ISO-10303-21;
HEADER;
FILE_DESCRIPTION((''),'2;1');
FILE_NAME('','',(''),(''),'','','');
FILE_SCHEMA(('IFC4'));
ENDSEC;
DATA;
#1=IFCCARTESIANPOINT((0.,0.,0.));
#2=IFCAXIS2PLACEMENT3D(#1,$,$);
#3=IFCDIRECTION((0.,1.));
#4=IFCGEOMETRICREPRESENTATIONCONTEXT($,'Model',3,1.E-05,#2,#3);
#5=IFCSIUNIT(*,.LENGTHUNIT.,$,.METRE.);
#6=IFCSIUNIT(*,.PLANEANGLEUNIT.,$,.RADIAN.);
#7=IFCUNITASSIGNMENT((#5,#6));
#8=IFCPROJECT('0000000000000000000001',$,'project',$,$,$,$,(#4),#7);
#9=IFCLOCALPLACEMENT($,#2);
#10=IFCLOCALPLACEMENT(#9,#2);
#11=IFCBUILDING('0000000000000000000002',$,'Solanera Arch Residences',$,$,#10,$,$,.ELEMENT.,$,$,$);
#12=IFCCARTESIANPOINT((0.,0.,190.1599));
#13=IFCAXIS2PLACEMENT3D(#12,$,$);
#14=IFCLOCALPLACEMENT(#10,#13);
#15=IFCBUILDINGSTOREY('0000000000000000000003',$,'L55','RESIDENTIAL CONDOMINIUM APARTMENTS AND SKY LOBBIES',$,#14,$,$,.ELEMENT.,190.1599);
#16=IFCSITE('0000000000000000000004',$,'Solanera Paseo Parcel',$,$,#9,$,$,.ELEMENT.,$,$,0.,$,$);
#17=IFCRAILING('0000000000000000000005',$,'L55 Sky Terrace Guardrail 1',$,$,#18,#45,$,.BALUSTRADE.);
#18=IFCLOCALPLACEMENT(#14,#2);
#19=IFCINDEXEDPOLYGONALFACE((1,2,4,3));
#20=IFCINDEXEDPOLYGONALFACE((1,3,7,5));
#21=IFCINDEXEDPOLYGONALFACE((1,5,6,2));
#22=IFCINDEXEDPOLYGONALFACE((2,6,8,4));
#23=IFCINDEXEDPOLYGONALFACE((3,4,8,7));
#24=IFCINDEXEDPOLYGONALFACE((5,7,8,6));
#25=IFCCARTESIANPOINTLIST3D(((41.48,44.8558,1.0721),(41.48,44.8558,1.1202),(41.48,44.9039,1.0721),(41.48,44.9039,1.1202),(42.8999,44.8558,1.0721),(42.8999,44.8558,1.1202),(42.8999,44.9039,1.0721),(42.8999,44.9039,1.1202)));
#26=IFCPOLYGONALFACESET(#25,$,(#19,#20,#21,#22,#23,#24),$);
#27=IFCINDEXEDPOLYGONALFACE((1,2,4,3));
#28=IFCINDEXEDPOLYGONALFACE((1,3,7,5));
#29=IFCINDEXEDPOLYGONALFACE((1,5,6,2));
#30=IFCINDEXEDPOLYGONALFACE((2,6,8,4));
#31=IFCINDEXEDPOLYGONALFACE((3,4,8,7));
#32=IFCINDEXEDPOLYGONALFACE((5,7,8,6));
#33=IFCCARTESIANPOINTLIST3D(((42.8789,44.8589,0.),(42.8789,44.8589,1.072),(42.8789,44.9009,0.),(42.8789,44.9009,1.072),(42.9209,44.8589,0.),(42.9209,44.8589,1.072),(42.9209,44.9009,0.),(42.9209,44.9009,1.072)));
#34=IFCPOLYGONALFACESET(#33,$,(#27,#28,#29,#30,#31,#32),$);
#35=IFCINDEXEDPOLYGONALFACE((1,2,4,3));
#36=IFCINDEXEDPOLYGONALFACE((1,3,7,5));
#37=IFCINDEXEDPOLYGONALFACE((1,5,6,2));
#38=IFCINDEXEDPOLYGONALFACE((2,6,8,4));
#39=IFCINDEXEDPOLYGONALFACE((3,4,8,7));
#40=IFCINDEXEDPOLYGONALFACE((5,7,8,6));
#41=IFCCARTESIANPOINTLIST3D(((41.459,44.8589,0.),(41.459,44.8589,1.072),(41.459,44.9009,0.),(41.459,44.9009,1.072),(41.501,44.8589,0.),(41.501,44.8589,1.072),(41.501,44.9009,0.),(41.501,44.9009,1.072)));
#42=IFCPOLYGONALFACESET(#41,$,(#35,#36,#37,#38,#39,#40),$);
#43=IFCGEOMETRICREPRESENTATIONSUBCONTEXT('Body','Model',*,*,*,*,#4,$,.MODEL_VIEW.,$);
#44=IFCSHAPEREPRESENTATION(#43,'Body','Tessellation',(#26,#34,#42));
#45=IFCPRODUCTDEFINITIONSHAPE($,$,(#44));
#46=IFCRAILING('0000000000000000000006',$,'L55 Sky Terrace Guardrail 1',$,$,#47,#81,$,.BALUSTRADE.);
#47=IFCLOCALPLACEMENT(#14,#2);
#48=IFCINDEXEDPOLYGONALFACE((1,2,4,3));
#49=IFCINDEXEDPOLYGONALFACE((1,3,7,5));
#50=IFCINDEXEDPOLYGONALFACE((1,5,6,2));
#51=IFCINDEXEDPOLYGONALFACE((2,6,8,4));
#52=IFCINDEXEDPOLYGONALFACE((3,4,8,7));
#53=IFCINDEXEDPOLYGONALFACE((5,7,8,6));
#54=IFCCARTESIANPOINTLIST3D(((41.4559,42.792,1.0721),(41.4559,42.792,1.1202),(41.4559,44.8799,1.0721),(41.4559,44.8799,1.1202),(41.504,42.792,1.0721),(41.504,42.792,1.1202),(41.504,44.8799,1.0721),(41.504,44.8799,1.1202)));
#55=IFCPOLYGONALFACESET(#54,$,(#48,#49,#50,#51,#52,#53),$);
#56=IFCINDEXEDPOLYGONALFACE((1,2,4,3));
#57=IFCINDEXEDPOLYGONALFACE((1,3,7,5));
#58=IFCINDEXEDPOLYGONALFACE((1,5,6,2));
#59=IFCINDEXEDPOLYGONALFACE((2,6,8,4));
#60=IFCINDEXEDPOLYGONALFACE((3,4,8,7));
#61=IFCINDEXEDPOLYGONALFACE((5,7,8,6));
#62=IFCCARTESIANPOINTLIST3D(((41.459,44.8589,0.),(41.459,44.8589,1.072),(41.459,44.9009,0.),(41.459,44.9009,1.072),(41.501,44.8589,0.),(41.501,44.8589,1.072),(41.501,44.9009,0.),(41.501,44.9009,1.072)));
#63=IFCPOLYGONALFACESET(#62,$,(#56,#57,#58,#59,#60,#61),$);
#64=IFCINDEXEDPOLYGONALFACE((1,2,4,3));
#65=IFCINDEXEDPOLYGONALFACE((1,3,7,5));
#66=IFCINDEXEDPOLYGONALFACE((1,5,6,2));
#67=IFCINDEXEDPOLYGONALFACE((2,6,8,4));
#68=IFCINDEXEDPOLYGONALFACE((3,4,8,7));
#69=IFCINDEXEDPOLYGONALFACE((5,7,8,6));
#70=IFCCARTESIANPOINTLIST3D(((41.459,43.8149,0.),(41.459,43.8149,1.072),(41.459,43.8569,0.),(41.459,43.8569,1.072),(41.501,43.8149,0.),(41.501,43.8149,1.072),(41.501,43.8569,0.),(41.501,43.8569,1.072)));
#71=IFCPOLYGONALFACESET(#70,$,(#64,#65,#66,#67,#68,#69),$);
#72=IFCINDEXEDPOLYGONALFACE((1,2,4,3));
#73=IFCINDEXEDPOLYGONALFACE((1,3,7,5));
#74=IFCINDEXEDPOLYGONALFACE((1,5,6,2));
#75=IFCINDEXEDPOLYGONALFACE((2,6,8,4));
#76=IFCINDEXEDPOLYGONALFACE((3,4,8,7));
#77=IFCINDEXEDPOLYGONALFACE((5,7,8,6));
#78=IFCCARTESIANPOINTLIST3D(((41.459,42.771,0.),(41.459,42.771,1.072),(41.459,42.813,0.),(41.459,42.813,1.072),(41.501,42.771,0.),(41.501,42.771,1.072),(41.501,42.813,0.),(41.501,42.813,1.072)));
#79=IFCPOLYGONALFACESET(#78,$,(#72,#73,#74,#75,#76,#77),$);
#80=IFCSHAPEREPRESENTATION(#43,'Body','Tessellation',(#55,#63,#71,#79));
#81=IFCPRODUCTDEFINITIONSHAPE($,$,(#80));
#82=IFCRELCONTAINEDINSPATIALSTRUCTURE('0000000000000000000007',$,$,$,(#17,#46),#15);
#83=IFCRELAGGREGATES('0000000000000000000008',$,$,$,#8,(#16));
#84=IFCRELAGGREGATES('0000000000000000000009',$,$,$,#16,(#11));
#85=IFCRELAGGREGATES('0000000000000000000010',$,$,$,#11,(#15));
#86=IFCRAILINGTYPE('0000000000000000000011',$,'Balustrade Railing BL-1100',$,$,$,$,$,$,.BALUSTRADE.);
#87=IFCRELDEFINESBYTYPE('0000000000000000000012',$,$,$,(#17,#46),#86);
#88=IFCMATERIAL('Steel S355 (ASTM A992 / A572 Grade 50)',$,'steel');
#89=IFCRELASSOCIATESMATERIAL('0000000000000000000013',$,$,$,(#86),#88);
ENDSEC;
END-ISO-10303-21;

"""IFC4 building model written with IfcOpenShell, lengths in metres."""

from ifc_helpers import new_model, si_unit, direction, frame, origin, origin_2d, place, context, subcontext, project, spatial, rectangle, extrude, material, type_object, element, save


model = new_model("IFC4")

# Units and contexts
model_context = context("Model", 3, precision=1e-05, world=origin(), true_north=direction((0.0, 1.0)))
body_context = subcontext(model_context, "Body", "Model", "MODEL_VIEW")
ifc_project = project(units=[si_unit("LENGTHUNIT", "METRE"), si_unit("PLANEANGLEUNIT", "RADIAN")], contexts=[model_context])

# Site, building, storey
site_placement = place(None, origin())
site = spatial("IfcSite", under=ifc_project, at=site_placement, Name="Solanera Paseo Parcel", CompositionType="ELEMENT", RefElevation=0.0)
building_placement = place(site_placement, origin())
building = spatial("IfcBuilding", under=site, at=building_placement, Name="Solanera Arch Residences", CompositionType="ELEMENT")
storey_placement = place(building_placement, frame((0.0, 0.0, 190.1599)))
storey = spatial("IfcBuildingStorey", under=building, at=storey_placement, Name="L55", Description="RESIDENTIAL CONDOMINIUM APARTMENTS AND SKY LOBBIES", CompositionType="ELEMENT", Elevation=190.1599)

# Railings
ifc_material_1 = material(Name="Steel S355 (ASTM A992 / A572 Grade 50)", Category="steel")
railing_type = type_object("IfcRailingType", Name="Balustrade Railing BL-1100", PredefinedType="BALUSTRADE", material=ifc_material_1)
railing_1_placement = place(storey_placement, frame((42.8999, 44.8799, 0.0)))
element("IfcRailing", 1, at=railing_1_placement, inside=storey, type_object=railing_type, Name="L55 Sky Terrace Guardrail 1", PredefinedType="BALUSTRADE", context=body_context, shape_type="SweptSolid", body=[
    extrude(rectangle(XDim=0.0481, YDim=0.0481, at=origin_2d()), frame((0.0, 0.0, 1.0962), z_axis=(-1.0, 0.0, 0.0), x_axis=(0.0, -1.0, 0.0)), (0.0, 0.0, 1.0), 1.4199),
    extrude(rectangle(XDim=0.042, YDim=0.042, at=origin_2d()), origin(), (0.0, 0.0, 1.0), 1.072),
    extrude(rectangle(XDim=0.042, YDim=0.042, at=origin_2d()), frame((-1.4199, 0.0, 0.0)), (0.0, 0.0, 1.0), 1.072),
])
railing_2_placement = place(storey_placement, frame((41.48, 44.8799, 0.0)))
element("IfcRailing", 2, at=railing_2_placement, inside=storey, type_object=railing_type, Name="L55 Sky Terrace Guardrail 1", PredefinedType="BALUSTRADE", context=body_context, shape_type="SweptSolid", body=[
    extrude(rectangle(XDim=0.0481, YDim=0.0481, at=origin_2d()), frame((0.0, 0.0, 1.0962), z_axis=(0.0, -1.0, 0.0), x_axis=(1.0, 0.0, 0.0)), (0.0, 0.0, 1.0), 2.0879),
    extrude(rectangle(XDim=0.042, YDim=0.042, at=origin_2d()), origin(), (0.0, 0.0, 1.0), 1.072),
    extrude(rectangle(XDim=0.042, YDim=0.042, at=origin_2d()), frame((0.0, -1.0439, 0.0)), (0.0, 0.0, 1.0), 1.072),
    extrude(rectangle(XDim=0.042, YDim=0.042, at=origin_2d()), frame((0.0, -2.0879, 0.0)), (0.0, 0.0, 1.0), 1.072),
])

save(model, "model.ifc")
